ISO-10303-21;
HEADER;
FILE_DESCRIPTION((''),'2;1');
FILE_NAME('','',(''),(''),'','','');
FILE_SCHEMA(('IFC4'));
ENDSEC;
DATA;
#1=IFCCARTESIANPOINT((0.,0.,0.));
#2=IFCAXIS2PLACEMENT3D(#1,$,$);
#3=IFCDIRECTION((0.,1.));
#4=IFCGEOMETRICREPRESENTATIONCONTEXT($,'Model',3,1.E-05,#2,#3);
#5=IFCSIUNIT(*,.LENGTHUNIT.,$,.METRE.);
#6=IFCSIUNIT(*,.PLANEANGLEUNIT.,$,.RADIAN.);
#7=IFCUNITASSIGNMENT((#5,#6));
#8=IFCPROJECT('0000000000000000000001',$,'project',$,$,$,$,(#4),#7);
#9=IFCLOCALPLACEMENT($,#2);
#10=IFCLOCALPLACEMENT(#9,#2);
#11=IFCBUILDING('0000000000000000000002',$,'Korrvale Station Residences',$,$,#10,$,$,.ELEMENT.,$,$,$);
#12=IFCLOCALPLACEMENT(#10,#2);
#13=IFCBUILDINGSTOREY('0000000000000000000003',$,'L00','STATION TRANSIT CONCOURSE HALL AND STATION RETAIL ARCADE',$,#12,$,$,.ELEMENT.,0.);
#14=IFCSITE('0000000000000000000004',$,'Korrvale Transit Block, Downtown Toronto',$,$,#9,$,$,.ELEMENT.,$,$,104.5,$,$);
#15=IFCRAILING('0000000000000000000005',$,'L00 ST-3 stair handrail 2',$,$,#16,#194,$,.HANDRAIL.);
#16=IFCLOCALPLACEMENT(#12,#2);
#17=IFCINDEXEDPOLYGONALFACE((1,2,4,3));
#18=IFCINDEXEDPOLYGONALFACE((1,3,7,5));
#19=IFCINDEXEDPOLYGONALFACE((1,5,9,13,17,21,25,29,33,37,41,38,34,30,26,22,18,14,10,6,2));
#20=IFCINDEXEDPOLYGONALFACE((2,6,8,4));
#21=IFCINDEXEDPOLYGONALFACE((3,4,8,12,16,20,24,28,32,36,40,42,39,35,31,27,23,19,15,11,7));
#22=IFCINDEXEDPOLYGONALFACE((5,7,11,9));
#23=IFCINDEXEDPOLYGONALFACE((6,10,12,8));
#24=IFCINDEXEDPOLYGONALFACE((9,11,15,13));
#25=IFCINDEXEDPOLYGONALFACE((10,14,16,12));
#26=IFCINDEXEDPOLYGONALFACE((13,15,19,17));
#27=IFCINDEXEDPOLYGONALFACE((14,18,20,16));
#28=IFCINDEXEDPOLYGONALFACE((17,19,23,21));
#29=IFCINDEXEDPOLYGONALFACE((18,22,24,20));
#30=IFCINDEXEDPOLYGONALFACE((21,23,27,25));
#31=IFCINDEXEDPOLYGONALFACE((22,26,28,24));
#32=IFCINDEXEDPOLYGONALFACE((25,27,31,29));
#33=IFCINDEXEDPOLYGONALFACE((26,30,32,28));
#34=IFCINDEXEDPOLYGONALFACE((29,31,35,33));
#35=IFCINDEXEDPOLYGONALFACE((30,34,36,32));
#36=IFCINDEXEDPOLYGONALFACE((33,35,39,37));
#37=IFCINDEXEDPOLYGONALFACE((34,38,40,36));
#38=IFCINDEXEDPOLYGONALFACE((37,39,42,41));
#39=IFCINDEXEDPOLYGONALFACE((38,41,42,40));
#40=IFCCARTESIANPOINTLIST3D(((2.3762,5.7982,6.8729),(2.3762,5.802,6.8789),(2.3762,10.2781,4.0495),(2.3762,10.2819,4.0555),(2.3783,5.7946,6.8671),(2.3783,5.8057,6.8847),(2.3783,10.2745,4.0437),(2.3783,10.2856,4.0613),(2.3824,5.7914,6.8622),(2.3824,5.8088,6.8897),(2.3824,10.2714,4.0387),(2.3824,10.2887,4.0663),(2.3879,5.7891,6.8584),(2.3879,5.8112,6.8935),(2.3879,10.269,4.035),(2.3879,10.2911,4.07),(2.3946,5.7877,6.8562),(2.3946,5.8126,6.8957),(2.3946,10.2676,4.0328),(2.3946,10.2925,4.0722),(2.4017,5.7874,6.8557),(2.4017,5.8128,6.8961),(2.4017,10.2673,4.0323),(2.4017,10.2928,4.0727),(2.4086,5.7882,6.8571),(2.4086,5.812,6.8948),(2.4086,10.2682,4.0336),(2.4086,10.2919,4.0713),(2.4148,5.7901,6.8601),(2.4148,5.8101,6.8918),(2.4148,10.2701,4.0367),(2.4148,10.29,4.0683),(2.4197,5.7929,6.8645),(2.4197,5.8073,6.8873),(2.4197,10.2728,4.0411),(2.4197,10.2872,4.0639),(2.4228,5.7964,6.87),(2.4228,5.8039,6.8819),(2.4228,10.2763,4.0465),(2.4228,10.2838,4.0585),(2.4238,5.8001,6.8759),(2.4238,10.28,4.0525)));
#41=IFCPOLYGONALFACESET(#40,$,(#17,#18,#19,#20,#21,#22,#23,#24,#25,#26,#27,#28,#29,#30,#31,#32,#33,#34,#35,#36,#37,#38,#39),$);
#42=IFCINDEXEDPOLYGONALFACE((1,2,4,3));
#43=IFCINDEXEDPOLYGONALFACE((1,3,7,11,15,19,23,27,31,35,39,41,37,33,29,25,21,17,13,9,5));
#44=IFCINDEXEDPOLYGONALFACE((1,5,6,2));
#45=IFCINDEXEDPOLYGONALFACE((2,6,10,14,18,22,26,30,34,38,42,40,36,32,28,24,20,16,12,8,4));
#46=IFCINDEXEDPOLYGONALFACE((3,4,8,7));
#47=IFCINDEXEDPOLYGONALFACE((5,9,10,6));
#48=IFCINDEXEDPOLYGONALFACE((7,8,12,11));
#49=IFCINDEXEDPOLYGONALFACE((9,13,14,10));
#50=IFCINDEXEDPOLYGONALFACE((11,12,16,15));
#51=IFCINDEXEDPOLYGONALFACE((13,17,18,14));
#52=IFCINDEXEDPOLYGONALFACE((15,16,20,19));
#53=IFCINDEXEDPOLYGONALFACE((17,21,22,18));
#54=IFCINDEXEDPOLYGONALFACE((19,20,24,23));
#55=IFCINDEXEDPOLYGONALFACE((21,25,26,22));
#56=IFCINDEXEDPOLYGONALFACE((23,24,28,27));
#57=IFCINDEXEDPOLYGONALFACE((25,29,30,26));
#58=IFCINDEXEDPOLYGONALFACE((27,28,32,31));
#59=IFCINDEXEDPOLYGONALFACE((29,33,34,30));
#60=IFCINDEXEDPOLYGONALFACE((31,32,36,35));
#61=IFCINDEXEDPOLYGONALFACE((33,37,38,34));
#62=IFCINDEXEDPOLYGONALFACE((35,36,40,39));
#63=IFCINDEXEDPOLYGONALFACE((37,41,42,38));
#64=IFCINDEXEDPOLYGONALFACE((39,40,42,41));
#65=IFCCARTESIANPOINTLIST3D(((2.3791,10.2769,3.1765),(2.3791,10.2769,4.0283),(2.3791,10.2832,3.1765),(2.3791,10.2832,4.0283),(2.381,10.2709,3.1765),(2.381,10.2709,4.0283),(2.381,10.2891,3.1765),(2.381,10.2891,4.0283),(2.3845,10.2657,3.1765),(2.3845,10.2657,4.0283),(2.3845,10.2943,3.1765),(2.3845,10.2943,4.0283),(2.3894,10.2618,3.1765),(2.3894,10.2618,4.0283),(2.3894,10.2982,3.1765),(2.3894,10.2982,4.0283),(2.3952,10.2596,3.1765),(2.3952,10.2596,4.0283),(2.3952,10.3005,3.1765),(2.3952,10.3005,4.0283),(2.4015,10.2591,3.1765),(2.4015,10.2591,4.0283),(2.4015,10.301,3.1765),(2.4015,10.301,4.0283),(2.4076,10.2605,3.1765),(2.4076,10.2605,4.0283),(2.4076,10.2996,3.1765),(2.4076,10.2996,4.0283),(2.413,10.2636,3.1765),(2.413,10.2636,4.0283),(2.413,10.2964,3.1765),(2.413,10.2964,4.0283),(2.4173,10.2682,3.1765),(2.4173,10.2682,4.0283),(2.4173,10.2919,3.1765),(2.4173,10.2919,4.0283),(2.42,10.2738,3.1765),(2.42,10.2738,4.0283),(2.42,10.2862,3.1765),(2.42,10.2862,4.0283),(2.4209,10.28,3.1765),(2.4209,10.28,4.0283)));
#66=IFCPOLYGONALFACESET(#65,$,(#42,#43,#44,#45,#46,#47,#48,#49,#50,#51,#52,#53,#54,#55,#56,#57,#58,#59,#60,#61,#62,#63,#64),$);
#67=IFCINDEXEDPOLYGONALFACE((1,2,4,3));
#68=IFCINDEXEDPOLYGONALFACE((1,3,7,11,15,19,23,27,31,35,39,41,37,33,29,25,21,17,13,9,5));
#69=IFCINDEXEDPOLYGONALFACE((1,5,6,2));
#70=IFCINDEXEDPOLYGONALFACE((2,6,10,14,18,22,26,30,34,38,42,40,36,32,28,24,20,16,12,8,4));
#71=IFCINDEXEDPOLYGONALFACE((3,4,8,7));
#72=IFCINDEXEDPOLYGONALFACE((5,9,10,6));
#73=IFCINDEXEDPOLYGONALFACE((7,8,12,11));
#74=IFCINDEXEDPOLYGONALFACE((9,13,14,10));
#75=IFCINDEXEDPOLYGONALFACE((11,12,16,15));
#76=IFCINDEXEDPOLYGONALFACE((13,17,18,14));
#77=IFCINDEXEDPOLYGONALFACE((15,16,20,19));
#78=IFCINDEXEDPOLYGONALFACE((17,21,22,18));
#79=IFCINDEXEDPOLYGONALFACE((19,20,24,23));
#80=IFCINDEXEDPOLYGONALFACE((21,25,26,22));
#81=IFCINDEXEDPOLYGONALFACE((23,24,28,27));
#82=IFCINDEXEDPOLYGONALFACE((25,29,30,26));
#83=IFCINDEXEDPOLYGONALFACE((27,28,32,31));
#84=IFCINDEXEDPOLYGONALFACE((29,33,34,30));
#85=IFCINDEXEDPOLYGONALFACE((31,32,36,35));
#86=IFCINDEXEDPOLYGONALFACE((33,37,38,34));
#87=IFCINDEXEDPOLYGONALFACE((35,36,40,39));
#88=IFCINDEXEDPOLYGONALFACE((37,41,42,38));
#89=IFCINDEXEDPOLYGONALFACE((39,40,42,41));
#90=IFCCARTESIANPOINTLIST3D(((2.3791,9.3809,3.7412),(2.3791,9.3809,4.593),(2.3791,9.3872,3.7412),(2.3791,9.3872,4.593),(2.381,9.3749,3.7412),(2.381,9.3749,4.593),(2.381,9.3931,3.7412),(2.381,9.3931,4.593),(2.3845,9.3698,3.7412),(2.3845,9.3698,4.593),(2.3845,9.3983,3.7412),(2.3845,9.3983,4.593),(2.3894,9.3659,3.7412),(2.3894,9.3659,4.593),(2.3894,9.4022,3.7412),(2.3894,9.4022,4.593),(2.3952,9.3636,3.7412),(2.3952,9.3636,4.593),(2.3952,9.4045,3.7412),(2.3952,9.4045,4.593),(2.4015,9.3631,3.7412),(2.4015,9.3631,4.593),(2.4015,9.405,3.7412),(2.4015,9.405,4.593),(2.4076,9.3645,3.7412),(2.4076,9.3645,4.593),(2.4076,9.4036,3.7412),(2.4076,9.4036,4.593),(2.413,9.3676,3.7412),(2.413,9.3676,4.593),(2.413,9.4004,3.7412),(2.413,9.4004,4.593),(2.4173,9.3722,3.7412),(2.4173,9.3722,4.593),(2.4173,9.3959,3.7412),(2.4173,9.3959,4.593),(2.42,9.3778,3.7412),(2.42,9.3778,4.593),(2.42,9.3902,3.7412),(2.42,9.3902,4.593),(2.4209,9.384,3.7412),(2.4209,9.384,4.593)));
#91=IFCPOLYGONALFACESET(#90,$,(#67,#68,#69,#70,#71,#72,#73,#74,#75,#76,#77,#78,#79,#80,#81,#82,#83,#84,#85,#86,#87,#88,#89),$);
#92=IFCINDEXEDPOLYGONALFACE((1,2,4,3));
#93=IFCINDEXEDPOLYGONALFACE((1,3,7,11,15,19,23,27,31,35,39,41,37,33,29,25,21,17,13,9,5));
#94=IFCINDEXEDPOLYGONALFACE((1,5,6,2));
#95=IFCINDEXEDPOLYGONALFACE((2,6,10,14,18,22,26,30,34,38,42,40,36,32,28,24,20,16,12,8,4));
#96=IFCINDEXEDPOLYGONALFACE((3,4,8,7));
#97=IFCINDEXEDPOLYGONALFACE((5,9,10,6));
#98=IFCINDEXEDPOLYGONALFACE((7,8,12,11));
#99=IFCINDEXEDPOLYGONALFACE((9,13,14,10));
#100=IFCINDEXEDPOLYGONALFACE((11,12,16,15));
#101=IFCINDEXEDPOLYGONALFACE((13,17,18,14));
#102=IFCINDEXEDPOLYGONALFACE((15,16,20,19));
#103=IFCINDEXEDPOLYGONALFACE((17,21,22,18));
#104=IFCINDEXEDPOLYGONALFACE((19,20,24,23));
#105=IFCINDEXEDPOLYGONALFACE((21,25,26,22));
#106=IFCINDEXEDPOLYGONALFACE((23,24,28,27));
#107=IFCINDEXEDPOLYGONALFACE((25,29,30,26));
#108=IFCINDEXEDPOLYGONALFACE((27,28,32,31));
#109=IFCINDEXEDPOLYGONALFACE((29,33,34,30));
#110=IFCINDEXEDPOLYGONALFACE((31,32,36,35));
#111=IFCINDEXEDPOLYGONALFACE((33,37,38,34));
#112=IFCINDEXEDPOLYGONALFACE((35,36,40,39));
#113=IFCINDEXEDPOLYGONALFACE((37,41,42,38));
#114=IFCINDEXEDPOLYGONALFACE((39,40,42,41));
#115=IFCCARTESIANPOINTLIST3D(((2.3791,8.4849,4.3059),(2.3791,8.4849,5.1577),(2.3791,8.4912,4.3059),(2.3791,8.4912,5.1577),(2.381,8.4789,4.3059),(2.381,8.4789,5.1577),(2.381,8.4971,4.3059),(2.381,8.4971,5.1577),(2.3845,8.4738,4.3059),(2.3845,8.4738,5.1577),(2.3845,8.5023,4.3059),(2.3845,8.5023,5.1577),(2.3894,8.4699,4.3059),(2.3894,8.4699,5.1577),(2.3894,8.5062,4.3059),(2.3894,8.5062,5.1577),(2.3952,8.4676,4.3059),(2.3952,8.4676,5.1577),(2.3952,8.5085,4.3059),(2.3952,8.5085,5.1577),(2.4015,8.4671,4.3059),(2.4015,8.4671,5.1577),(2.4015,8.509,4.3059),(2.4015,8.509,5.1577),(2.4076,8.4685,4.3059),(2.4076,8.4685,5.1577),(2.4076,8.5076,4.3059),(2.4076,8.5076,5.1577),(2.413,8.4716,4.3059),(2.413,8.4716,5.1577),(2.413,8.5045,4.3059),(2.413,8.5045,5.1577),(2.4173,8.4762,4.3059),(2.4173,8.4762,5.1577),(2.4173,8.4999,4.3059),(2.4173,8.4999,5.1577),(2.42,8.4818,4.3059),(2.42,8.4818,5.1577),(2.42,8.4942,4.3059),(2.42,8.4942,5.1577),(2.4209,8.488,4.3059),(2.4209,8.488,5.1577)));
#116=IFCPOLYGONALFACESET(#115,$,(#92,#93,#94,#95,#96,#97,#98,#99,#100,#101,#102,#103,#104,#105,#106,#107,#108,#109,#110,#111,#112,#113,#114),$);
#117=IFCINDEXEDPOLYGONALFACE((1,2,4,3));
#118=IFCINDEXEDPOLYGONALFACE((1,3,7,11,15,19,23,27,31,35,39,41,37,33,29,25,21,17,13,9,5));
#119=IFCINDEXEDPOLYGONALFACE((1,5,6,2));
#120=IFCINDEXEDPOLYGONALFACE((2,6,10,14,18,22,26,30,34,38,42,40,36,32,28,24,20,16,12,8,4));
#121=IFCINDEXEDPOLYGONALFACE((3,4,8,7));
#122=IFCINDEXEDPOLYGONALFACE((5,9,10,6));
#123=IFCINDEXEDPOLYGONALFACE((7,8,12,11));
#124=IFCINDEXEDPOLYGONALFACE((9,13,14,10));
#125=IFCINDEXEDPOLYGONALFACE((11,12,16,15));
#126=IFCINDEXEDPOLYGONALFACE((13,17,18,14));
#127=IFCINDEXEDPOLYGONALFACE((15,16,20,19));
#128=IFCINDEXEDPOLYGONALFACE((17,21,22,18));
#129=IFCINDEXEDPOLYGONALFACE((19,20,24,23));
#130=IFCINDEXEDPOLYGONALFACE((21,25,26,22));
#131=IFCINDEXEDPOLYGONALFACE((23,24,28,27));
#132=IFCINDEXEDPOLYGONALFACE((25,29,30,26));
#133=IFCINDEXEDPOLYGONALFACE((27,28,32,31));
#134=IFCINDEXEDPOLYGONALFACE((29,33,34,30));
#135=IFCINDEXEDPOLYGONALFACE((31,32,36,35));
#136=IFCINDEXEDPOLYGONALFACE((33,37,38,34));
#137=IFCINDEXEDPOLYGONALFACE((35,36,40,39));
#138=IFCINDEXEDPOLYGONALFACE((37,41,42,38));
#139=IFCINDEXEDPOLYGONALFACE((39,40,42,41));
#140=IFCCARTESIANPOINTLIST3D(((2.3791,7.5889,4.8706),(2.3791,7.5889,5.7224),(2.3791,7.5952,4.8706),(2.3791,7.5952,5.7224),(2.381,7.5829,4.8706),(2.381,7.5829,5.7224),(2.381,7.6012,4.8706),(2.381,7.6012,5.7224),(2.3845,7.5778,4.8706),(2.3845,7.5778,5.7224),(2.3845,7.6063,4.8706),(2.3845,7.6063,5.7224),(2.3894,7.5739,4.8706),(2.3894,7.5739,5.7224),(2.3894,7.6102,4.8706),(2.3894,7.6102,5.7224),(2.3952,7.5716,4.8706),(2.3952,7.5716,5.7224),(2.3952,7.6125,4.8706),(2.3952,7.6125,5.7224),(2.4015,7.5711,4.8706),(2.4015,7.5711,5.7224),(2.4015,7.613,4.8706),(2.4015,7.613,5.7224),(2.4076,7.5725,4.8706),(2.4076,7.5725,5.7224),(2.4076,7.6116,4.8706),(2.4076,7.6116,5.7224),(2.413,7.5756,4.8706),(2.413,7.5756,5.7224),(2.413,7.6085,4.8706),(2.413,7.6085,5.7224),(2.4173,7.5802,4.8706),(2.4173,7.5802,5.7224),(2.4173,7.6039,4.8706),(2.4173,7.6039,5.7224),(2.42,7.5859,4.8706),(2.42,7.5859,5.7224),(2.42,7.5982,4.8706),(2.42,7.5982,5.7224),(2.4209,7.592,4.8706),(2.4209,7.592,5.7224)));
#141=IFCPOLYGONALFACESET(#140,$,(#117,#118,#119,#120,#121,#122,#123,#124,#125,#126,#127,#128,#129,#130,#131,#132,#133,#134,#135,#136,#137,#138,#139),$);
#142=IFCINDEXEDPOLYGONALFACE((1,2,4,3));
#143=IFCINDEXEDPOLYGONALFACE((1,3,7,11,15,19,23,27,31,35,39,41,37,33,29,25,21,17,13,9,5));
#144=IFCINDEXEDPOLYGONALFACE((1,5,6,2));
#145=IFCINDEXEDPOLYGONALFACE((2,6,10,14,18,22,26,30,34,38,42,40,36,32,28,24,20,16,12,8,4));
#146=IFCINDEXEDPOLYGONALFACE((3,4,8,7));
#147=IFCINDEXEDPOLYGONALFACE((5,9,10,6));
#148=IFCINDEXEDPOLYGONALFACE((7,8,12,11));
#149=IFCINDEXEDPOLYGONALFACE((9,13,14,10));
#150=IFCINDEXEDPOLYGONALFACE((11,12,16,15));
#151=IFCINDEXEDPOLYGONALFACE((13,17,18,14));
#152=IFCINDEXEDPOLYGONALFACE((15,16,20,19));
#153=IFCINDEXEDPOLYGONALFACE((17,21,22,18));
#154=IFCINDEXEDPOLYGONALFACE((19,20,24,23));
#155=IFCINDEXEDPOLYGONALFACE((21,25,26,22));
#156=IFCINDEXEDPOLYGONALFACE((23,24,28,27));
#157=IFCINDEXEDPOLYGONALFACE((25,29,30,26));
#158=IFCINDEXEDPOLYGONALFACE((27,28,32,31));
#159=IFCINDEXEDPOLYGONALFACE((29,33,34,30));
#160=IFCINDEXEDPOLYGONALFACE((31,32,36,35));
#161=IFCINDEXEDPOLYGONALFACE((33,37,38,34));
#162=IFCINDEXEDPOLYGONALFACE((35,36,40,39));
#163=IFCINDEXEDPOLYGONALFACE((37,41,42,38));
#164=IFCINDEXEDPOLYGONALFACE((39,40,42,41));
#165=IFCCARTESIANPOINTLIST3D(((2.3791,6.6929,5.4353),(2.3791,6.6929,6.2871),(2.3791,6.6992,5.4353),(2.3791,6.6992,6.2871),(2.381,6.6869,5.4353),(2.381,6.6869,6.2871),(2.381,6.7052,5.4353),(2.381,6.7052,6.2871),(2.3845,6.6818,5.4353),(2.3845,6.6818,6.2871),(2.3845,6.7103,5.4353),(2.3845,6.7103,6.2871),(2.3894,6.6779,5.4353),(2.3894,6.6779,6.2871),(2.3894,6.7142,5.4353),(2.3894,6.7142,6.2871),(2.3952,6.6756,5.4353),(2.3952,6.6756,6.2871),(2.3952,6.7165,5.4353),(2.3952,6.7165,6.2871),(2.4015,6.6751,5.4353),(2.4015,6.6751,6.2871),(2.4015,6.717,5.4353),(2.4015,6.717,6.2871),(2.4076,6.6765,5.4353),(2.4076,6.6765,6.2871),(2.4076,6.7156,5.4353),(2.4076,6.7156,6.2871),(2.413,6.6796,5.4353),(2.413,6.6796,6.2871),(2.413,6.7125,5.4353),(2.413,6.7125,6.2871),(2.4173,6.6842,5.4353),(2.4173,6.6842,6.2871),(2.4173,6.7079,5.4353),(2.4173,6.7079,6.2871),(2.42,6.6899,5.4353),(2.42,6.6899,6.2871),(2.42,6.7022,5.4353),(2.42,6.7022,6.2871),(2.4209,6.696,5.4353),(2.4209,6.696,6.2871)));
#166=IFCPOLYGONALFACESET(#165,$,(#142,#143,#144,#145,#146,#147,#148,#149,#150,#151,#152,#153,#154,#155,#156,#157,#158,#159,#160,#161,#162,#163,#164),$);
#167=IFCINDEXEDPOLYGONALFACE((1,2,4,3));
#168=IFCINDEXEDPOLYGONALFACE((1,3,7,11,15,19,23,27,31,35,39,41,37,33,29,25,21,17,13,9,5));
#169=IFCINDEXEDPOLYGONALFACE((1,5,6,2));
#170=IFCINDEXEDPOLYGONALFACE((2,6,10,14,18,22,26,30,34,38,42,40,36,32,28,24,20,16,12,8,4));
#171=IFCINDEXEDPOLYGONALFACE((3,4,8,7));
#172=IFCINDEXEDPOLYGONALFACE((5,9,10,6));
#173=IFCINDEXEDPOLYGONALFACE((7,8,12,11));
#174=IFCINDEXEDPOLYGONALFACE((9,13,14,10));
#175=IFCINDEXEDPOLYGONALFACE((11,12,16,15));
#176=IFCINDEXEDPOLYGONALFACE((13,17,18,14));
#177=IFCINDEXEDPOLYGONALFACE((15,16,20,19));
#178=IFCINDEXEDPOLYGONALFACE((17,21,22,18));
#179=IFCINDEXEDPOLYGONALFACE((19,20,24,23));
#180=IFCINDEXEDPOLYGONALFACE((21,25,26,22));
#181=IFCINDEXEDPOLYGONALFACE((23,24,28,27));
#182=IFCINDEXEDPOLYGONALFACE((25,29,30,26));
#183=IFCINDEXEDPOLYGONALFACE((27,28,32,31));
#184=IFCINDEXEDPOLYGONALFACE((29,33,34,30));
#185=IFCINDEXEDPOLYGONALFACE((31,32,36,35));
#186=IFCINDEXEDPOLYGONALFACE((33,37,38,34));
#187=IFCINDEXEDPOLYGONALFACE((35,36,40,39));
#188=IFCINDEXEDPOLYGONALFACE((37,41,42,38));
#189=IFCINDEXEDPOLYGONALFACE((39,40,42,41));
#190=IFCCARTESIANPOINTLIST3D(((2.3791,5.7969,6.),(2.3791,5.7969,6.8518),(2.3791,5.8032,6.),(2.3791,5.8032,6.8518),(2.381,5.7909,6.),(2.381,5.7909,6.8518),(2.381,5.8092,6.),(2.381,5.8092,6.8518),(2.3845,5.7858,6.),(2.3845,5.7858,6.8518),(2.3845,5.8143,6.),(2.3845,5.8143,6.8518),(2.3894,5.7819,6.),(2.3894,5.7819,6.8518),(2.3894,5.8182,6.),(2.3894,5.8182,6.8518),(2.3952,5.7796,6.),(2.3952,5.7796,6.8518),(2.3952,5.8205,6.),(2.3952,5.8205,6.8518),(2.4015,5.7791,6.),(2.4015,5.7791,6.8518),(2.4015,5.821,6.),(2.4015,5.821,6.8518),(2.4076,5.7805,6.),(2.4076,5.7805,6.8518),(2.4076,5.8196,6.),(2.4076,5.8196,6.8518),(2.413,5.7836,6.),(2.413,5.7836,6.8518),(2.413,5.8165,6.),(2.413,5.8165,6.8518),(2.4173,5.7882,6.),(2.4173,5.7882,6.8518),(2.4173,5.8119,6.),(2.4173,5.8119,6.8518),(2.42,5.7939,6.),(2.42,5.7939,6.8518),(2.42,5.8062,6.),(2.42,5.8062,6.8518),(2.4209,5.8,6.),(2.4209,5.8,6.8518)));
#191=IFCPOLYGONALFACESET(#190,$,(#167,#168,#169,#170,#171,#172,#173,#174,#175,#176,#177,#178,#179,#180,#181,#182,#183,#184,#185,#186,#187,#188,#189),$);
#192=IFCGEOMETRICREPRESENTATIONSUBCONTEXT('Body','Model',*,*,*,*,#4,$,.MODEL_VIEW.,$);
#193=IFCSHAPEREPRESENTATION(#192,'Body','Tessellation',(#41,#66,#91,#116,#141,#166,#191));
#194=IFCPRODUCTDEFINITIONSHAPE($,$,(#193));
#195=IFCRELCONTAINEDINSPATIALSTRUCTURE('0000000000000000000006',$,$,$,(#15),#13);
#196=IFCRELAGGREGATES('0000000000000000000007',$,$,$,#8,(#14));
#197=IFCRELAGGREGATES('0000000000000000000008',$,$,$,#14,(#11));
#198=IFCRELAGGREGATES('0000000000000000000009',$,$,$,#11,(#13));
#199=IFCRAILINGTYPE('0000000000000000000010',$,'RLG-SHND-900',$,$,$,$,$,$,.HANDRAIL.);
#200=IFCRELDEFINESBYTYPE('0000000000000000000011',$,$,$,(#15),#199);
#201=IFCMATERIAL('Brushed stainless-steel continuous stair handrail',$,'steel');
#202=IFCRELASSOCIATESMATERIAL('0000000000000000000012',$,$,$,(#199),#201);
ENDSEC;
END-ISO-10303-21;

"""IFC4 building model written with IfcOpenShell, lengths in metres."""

from ifc_helpers import new_model, si_unit, direction, frame, origin, origin_2d, place, context, subcontext, project, spatial, circle, extrude, material, type_object, element, save


model = new_model("IFC4")

# Units and contexts
model_context = context("Model", 3, precision=1e-05, world=origin(), true_north=direction((0.0, 1.0)))
body_context = subcontext(model_context, "Body", "Model", "MODEL_VIEW")
ifc_project = project(units=[si_unit("LENGTHUNIT", "METRE"), si_unit("PLANEANGLEUNIT", "RADIAN")], contexts=[model_context])

# Site, building, storey
site_placement = place(None, origin())
site = spatial("IfcSite", under=ifc_project, at=site_placement, Name="Korrvale Transit Block, Downtown Toronto", CompositionType="ELEMENT", RefElevation=104.5)
building_placement = place(site_placement, origin())
building = spatial("IfcBuilding", under=site, at=building_placement, Name="Korrvale Station Residences", CompositionType="ELEMENT")
storey_placement = place(building_placement, origin())
storey = spatial("IfcBuildingStorey", under=building, at=storey_placement, Name="L00", Description="STATION TRANSIT CONCOURSE HALL AND STATION RETAIL ARCADE", CompositionType="ELEMENT", Elevation=0.0)

# Railing
ifc_material_1 = material(Name="Brushed stainless-steel continuous stair handrail", Category="steel")
railing_type_1 = type_object("IfcRailingType", Name="RLG-SHND-900", PredefinedType="HANDRAIL", material=ifc_material_1)
railing_1_placement = place(storey_placement, frame((2.3999, 10.28, 3.1765)))
element("IfcRailing", 1, at=railing_1_placement, inside=storey, type_object=railing_type_1, Name="L00 ST-3 stair handrail 2", PredefinedType="HANDRAIL", context=body_context, shape_type="SweptSolid", body=[
    extrude(circle(Radius=0.0239, at=origin_2d()), frame((0.0, 0.0, 0.876), z_axis=(0.0, -0.845998, 0.533186), x_axis=(1.0, 0.0, 0.0)), (0.0, 0.0, 1.0), 5.2954),
    extrude(circle(Radius=0.021, at=origin_2d()), origin(), (0.0, 0.0, 1.0), 0.8518),
    extrude(circle(Radius=0.021, at=origin_2d()), frame((0.0, -0.896, 0.5647)), (0.0, 0.0, 1.0), 0.8518),
    extrude(circle(Radius=0.021, at=origin_2d()), frame((0.0, -1.792, 1.1294)), (0.0, 0.0, 1.0), 0.8518),
    extrude(circle(Radius=0.021, at=origin_2d()), frame((0.0, -2.688, 1.6941)), (0.0, 0.0, 1.0), 0.8518),
    extrude(circle(Radius=0.021, at=origin_2d()), frame((0.0, -3.584, 2.2588)), (0.0, 0.0, 1.0), 0.8518),
    extrude(circle(Radius=0.021, at=origin_2d()), frame((0.0, -4.48, 2.8235)), (0.0, 0.0, 1.0), 0.8518),
])

save(model, "model.ifc")
